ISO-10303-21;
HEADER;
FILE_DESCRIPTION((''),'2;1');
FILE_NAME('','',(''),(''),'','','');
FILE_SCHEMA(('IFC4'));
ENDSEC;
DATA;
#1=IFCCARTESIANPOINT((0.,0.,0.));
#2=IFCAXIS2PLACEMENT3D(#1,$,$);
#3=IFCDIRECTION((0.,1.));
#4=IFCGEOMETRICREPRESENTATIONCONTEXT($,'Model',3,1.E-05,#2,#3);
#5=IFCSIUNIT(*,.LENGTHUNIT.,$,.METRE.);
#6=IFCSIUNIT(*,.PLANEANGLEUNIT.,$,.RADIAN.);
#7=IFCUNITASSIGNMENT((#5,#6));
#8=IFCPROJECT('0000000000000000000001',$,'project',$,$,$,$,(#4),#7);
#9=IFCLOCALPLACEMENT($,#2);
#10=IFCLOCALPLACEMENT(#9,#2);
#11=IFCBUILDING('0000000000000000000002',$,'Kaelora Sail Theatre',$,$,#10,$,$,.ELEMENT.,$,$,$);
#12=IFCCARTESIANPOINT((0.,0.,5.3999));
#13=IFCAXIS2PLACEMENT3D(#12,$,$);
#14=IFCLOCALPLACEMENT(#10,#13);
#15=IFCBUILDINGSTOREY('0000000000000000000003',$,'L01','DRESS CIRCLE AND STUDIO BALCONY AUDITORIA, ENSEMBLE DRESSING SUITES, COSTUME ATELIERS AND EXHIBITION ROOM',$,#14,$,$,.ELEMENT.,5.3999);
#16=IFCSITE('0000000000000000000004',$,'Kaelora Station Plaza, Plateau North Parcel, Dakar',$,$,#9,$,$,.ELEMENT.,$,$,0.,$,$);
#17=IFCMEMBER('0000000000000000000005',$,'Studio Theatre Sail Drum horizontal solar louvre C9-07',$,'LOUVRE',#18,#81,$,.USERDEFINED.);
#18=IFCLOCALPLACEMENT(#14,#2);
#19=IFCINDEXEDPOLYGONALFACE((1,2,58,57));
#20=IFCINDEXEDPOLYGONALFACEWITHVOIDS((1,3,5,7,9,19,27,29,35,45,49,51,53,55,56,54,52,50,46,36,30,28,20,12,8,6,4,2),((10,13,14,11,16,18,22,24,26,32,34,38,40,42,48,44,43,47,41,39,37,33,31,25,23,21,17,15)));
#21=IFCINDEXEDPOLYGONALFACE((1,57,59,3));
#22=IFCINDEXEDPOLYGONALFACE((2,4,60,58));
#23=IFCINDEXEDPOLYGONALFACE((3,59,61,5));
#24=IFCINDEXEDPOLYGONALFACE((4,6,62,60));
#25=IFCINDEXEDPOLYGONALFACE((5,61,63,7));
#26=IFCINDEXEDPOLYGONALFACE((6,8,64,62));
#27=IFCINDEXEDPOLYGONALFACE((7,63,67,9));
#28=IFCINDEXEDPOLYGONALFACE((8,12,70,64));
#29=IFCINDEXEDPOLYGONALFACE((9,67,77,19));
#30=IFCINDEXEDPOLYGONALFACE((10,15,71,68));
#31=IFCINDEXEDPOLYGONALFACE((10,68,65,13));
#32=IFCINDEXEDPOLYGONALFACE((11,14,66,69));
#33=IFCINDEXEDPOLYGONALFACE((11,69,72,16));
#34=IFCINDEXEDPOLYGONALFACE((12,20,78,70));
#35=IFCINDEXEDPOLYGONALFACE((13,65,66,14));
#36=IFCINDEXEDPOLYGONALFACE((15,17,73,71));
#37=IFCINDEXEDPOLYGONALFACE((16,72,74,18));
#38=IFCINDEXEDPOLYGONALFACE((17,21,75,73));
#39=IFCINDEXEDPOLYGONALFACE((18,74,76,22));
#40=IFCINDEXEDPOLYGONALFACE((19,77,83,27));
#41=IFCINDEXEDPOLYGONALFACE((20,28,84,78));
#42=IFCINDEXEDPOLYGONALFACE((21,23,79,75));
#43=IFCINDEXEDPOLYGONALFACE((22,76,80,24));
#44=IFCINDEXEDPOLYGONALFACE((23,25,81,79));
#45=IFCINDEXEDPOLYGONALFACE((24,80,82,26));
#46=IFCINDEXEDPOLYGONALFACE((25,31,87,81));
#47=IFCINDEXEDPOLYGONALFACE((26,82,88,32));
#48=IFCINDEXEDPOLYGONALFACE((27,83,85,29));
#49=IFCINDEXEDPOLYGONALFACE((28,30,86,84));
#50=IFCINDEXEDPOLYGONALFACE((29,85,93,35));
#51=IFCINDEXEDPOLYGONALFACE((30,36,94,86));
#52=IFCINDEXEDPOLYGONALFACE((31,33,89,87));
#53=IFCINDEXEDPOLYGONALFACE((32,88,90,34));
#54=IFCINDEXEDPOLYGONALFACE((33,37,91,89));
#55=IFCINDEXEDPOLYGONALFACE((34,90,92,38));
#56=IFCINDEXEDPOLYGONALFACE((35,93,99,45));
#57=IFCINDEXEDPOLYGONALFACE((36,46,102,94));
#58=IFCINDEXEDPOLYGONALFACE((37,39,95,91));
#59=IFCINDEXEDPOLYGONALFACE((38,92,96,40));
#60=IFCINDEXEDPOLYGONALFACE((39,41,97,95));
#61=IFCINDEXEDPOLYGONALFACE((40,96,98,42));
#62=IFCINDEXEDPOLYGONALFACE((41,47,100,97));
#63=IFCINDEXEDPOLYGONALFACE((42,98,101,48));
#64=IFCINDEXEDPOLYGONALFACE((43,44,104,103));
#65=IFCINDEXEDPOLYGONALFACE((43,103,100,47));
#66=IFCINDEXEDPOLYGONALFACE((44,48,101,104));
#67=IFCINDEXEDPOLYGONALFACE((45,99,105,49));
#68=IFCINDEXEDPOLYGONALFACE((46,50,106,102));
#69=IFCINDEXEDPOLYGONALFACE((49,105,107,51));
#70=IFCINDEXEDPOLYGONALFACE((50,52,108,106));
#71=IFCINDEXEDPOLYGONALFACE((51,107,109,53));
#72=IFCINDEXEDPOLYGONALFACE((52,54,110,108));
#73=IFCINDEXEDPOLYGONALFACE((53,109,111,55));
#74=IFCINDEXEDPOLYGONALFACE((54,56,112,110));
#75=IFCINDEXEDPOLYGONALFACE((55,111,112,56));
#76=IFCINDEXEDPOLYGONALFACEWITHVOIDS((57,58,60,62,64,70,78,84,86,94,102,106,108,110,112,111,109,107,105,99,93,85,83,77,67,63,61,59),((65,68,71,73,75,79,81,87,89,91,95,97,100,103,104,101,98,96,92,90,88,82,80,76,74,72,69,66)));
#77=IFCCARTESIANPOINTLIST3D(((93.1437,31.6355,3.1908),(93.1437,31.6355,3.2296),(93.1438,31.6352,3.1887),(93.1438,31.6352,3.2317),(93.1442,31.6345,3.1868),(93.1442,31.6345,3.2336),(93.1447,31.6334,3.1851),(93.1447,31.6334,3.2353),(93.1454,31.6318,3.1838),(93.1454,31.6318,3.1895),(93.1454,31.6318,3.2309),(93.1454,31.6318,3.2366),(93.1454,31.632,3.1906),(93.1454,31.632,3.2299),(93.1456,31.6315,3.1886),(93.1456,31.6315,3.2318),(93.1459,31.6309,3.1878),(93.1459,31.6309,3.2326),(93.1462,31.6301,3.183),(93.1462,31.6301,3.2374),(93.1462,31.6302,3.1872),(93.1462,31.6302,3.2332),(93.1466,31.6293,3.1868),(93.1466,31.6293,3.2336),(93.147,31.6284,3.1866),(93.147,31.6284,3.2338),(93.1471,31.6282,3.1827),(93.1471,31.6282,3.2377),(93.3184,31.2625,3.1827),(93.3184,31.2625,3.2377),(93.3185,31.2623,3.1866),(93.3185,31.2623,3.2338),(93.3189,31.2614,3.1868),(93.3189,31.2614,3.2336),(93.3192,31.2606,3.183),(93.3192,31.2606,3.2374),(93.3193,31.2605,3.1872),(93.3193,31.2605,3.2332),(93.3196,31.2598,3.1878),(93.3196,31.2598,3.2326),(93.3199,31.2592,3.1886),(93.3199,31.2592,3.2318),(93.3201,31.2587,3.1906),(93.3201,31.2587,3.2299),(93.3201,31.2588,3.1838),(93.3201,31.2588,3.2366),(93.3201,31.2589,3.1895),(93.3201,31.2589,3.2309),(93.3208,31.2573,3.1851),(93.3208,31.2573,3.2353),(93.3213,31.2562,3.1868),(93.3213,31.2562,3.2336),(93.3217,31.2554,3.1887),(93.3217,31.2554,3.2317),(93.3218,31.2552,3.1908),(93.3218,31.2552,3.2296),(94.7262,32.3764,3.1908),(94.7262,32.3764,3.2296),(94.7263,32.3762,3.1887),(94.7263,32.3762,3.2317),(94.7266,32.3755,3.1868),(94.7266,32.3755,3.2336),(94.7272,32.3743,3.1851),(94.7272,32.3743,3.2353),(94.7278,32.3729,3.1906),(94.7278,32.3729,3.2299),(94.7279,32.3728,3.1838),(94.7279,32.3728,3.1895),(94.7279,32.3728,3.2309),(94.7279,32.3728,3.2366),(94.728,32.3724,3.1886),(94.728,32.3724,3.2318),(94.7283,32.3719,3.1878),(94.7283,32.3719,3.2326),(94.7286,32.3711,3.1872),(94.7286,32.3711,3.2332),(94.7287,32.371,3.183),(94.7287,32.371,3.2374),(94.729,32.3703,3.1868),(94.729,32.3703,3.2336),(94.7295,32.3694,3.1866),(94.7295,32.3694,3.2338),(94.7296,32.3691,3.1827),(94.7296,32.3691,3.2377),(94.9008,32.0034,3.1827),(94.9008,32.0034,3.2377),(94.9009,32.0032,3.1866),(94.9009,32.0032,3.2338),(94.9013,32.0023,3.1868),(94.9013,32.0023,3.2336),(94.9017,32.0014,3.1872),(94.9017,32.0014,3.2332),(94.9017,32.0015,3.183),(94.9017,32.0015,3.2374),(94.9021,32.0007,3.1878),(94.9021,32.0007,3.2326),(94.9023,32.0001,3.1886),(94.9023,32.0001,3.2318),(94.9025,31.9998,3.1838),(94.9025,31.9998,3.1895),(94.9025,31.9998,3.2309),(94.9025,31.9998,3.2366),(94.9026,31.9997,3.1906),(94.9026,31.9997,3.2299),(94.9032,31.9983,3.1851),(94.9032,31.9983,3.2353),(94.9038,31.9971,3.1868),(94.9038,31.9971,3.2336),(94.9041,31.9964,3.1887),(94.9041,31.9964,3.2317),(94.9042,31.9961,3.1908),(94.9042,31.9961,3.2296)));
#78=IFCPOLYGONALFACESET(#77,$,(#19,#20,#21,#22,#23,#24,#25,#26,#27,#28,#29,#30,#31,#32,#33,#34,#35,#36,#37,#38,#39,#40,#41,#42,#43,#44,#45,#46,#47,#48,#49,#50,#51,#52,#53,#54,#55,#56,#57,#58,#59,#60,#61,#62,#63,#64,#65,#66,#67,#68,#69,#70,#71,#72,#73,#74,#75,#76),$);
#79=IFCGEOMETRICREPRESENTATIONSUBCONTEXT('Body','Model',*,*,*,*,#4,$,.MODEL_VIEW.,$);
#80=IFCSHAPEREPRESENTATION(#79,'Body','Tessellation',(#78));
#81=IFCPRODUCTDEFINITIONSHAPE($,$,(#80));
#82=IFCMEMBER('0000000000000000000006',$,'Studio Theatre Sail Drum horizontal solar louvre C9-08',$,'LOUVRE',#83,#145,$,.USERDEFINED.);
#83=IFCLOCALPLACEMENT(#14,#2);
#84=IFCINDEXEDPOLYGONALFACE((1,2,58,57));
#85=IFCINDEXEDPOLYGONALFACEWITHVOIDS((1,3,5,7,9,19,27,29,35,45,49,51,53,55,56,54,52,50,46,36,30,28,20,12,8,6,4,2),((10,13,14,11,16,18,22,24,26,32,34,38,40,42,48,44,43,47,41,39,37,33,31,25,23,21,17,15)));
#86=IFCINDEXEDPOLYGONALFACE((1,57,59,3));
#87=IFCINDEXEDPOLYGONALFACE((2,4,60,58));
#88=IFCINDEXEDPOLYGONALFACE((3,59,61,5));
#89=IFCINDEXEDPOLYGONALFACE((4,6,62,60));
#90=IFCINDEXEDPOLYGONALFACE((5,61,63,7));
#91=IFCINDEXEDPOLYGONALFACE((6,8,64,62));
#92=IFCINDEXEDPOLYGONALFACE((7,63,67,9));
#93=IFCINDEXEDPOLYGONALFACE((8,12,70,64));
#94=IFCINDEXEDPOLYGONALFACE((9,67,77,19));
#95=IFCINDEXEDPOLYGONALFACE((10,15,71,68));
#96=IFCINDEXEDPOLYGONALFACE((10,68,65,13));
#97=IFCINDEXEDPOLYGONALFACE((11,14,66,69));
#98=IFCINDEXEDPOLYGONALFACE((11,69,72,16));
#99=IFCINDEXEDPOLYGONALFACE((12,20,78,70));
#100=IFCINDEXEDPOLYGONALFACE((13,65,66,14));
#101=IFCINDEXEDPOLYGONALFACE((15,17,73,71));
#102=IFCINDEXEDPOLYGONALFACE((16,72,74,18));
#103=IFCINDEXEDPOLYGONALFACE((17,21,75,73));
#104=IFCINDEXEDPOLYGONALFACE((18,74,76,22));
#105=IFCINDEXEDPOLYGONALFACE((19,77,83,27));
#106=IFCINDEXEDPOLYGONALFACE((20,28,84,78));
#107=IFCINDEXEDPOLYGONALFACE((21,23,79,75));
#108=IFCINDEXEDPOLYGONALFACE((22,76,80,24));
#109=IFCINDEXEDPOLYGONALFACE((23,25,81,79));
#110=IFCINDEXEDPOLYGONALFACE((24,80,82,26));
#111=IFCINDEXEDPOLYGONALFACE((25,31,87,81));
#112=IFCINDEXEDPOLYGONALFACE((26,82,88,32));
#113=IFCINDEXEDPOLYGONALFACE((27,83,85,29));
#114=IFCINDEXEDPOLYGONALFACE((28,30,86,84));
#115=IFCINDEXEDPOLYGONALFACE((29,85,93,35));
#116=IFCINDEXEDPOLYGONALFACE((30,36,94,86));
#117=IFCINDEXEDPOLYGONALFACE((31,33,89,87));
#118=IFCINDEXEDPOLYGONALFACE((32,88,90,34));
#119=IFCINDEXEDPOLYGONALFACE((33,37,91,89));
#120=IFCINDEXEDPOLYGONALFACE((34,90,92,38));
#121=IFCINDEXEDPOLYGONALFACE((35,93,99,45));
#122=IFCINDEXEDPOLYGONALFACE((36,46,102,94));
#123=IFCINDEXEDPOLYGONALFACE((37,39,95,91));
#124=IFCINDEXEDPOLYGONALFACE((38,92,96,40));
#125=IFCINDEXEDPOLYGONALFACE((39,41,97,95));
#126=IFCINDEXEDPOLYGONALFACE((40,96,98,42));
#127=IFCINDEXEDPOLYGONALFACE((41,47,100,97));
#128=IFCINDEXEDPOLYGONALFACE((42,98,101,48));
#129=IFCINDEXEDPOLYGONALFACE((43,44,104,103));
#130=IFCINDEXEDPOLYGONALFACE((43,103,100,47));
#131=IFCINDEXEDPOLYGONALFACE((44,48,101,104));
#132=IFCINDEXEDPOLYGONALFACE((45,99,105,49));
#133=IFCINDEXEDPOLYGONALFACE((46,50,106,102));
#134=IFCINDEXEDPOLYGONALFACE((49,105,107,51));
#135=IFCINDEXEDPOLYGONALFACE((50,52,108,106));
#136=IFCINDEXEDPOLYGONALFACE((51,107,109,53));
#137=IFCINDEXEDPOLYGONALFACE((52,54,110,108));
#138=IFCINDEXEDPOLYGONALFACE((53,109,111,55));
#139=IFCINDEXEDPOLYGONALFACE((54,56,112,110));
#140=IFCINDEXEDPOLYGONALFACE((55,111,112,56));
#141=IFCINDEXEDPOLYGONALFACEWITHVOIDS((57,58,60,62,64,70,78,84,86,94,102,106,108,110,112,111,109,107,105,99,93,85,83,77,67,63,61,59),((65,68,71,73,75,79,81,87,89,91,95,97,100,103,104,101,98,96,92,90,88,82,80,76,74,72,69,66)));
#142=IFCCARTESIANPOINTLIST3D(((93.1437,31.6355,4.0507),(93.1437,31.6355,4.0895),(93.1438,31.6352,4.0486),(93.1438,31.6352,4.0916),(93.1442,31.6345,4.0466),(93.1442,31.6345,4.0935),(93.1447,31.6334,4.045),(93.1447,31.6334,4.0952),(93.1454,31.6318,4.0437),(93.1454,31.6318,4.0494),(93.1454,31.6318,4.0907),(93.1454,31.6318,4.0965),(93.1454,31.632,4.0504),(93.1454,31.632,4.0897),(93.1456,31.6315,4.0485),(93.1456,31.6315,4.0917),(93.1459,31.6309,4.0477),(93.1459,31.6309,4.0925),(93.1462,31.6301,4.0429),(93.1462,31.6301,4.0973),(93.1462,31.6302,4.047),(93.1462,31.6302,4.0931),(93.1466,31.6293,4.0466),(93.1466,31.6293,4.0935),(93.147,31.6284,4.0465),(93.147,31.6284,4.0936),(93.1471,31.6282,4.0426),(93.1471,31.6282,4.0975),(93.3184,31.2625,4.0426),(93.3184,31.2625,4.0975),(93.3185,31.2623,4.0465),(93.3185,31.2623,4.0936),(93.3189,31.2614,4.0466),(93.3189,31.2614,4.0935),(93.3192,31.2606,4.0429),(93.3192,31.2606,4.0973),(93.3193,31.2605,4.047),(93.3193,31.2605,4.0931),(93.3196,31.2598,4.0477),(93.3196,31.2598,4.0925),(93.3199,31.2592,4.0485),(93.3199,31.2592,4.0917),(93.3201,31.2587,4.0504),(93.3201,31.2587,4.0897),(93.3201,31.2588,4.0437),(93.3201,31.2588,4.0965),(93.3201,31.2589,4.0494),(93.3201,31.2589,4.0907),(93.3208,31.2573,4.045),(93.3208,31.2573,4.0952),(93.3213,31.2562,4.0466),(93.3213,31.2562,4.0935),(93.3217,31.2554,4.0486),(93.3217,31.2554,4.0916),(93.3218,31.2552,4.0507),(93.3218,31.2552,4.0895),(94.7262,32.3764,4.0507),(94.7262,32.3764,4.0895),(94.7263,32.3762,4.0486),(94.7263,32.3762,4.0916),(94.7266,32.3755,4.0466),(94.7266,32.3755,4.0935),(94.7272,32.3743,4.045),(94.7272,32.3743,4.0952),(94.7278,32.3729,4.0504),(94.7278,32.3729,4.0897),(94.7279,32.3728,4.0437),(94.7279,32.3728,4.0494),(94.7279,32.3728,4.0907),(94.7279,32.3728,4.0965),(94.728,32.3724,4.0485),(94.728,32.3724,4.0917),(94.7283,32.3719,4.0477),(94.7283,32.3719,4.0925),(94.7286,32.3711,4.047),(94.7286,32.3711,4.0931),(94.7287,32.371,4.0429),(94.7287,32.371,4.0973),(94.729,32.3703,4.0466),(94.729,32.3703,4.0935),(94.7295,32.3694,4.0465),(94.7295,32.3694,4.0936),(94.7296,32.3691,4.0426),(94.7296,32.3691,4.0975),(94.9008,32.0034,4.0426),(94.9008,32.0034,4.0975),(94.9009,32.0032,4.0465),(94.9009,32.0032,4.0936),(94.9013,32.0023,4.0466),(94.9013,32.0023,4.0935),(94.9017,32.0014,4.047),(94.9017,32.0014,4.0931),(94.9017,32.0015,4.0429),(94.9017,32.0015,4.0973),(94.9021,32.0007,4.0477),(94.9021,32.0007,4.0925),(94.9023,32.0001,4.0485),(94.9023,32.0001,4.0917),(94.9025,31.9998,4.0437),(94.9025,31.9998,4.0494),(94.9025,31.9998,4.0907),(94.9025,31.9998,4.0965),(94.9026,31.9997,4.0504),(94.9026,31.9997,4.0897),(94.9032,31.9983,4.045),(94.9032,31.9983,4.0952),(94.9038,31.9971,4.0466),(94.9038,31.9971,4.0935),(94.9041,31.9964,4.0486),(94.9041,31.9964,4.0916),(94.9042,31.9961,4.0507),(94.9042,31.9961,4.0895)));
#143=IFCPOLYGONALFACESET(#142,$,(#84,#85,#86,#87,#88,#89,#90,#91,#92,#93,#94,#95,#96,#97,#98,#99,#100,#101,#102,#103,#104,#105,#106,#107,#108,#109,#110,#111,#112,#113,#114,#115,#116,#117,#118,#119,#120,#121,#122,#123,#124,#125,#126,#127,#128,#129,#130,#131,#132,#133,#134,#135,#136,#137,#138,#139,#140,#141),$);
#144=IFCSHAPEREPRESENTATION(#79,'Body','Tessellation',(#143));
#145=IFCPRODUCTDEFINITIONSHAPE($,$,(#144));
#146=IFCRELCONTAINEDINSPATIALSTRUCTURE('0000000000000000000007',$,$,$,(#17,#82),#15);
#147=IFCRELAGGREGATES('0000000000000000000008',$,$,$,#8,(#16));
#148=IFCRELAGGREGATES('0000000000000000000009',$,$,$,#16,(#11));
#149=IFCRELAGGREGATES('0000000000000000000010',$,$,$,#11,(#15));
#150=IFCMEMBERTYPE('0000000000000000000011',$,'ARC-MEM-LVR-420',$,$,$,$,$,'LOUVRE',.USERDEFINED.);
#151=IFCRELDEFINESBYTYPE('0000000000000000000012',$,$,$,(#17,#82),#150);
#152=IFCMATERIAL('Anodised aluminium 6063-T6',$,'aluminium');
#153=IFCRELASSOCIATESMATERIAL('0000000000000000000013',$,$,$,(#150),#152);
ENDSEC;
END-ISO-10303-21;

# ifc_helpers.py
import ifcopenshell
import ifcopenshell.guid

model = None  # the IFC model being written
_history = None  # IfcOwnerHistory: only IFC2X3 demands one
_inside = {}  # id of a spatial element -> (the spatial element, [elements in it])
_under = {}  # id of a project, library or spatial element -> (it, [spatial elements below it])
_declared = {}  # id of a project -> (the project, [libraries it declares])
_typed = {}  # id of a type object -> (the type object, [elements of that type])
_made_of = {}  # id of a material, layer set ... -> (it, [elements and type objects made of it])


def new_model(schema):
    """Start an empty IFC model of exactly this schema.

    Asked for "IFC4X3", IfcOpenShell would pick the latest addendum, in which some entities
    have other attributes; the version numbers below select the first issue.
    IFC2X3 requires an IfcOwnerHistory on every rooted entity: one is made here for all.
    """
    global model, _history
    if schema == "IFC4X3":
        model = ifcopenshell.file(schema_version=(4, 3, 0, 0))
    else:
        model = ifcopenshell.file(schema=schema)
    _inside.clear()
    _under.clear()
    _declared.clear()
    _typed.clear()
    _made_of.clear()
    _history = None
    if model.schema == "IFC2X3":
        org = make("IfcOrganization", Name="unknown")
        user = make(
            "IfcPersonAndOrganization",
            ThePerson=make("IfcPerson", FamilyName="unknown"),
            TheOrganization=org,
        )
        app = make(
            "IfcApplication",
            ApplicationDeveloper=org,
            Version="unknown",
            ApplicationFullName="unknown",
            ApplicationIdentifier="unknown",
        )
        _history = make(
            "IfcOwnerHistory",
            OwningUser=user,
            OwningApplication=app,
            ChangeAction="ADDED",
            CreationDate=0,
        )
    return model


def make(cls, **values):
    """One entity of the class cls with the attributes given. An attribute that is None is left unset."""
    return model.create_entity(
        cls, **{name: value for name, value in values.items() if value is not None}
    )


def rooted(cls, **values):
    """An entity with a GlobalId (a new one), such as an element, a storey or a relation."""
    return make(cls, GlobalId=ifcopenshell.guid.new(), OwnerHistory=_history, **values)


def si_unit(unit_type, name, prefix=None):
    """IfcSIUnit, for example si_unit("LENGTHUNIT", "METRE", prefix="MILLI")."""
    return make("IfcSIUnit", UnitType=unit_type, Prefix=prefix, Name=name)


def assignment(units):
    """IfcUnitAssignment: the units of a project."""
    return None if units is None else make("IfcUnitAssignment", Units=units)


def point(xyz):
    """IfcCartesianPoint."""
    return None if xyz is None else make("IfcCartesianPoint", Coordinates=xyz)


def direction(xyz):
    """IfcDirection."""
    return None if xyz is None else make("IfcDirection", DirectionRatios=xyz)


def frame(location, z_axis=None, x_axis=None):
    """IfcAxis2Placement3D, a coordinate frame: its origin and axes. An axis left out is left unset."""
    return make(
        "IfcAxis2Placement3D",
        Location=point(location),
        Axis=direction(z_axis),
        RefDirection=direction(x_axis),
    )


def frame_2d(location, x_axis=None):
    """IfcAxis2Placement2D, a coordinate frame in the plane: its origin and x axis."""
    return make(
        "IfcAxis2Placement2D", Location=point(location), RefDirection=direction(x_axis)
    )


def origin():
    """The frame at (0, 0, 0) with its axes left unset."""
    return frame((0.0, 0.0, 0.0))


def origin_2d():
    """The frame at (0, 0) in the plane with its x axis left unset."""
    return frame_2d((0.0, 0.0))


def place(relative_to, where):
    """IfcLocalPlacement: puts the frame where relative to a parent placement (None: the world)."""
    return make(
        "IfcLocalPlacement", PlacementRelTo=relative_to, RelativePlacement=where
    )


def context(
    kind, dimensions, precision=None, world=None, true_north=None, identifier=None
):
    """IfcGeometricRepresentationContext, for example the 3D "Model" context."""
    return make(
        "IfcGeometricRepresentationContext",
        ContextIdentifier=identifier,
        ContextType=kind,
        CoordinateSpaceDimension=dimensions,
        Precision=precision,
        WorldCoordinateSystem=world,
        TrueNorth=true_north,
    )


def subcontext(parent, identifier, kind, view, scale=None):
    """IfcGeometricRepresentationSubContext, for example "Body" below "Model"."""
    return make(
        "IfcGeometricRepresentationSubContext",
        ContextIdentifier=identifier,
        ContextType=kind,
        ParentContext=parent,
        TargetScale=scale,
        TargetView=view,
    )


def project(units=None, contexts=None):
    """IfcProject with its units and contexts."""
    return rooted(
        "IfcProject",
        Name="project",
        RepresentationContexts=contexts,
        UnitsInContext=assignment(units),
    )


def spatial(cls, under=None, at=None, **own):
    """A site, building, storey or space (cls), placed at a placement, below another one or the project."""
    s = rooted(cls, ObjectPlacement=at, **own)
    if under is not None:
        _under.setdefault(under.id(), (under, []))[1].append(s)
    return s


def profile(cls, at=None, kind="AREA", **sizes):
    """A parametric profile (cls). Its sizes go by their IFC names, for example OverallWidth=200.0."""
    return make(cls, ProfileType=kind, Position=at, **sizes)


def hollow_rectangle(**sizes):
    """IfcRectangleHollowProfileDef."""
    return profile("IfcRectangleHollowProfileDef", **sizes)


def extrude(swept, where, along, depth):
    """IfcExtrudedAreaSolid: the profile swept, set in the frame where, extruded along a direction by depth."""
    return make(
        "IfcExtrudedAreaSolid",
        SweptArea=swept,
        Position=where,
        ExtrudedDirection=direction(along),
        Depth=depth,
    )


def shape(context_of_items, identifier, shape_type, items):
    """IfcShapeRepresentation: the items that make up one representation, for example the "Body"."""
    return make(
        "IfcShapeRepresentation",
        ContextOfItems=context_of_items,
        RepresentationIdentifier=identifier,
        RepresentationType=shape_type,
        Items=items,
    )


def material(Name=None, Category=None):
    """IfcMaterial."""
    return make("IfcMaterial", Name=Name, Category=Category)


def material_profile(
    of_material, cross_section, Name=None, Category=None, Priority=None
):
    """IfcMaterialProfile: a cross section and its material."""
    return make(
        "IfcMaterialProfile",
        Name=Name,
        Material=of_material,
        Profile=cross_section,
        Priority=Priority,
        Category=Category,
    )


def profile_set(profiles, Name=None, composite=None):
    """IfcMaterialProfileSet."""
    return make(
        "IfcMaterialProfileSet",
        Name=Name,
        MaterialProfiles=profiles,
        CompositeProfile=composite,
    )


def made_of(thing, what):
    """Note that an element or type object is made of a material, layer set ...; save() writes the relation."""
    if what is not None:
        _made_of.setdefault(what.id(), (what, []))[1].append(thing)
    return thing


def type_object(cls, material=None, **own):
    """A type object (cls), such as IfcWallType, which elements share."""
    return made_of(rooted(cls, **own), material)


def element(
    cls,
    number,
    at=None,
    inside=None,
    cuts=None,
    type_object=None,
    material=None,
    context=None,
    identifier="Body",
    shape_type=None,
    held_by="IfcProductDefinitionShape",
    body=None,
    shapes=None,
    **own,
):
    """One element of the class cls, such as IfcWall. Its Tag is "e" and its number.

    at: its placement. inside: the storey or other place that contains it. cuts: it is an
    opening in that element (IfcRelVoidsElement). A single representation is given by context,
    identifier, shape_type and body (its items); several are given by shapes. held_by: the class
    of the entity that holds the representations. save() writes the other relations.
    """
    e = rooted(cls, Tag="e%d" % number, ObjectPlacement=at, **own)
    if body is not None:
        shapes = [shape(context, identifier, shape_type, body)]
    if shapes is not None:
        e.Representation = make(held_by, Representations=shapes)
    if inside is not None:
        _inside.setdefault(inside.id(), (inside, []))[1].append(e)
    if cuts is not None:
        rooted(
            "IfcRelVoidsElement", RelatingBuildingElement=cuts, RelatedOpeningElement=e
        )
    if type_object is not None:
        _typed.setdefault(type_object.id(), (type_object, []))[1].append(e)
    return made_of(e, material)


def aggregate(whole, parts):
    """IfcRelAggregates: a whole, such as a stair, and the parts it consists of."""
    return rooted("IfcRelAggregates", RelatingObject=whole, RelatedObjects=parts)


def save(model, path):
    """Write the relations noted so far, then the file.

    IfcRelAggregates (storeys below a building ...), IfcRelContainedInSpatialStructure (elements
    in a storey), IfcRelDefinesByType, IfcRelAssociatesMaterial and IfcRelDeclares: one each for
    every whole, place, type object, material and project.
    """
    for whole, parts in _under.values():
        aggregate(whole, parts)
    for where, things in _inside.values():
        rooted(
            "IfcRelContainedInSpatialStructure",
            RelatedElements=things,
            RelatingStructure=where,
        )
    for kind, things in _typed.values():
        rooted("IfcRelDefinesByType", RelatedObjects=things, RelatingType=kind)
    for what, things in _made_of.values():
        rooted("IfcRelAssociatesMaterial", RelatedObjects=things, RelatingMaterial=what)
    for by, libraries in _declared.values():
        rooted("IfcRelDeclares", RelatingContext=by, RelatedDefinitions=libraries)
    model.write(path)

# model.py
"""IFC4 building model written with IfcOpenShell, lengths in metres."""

from ifc_helpers import new_model, si_unit, direction, frame, origin, origin_2d, place, context, subcontext, project, spatial, hollow_rectangle, extrude, material, material_profile, profile_set, type_object, element, save


model = new_model("IFC4")

# Units and contexts
model_context = context("Model", 3, precision=1e-05, world=origin(), true_north=direction((0.0, 1.0)))
body_context = subcontext(model_context, "Body", "Model", "MODEL_VIEW")
ifc_project = project(units=[si_unit("LENGTHUNIT", "METRE"), si_unit("PLANEANGLEUNIT", "RADIAN")], contexts=[model_context])

# Site, building, storey
site_placement = place(None, origin())
site = spatial("IfcSite", under=ifc_project, at=site_placement, Name="Kaelora Station Plaza, Plateau North Parcel, Dakar", CompositionType="ELEMENT", RefElevation=0.0)
building_placement = place(site_placement, origin())
building = spatial("IfcBuilding", under=site, at=building_placement, Name="Kaelora Sail Theatre", CompositionType="ELEMENT")
storey_placement = place(building_placement, frame((0.0, 0.0, 5.3999)))
storey = spatial("IfcBuildingStorey", under=building, at=storey_placement, Name="L01", Description="DRESS CIRCLE AND STUDIO BALCONY AUDITORIA, ENSEMBLE DRESSING SUITES, COSTUME ATELIERS AND EXHIBITION ROOM", CompositionType="ELEMENT", Elevation=5.3999)

# Members
ifc_material_1 = material(Name="Anodised aluminium 6063-T6", Category="aluminium")
ifc_material_profile_1 = material_profile(ifc_material_1, hollow_rectangle(XDim=0.4199, YDim=0.0549, WallThickness=0.0039, InnerFilletRadius=0.0039, OuterFilletRadius=0.0081, at=origin_2d()), Name="LOUVRE 420x55x4")
ifc_profile_set_1 = profile_set([ifc_material_profile_1], Name="Anodised aluminium 6063-T6")
member_type = type_object("IfcMemberType", Name="ARC-MEM-LVR-420", ElementType="LOUVRE", PredefinedType="USERDEFINED", material=ifc_profile_set_1)
for number, where, z_axis, x_axis, name in (
    (1, (94.8152, 32.1863, 3.2102), (-0.905643, -0.42404, 0.0), (0.42404, -0.905643, 0.0), "Studio Theatre Sail Drum horizontal solar louvre C9-07"),
    (2, (94.8152, 32.1863, 4.0701), (-0.905643, -0.42404, 0.0), (0.42404, -0.905643, 0.0), "Studio Theatre Sail Drum horizontal solar louvre C9-08"),
):
    element("IfcMember", number, at=place(storey_placement, frame(where, z_axis=z_axis, x_axis=x_axis)), inside=storey, type_object=member_type, Name=name, ObjectType="LOUVRE", PredefinedType="USERDEFINED", context=body_context, shape_type="SweptSolid", body=[
        extrude(hollow_rectangle(XDim=0.4199, YDim=0.0549, WallThickness=0.0039, InnerFilletRadius=0.0039, OuterFilletRadius=0.0081, at=origin_2d()), origin(), (0.0, 0.0, 1.0), 1.7473),
    ])

save(model, "model.ifc")
